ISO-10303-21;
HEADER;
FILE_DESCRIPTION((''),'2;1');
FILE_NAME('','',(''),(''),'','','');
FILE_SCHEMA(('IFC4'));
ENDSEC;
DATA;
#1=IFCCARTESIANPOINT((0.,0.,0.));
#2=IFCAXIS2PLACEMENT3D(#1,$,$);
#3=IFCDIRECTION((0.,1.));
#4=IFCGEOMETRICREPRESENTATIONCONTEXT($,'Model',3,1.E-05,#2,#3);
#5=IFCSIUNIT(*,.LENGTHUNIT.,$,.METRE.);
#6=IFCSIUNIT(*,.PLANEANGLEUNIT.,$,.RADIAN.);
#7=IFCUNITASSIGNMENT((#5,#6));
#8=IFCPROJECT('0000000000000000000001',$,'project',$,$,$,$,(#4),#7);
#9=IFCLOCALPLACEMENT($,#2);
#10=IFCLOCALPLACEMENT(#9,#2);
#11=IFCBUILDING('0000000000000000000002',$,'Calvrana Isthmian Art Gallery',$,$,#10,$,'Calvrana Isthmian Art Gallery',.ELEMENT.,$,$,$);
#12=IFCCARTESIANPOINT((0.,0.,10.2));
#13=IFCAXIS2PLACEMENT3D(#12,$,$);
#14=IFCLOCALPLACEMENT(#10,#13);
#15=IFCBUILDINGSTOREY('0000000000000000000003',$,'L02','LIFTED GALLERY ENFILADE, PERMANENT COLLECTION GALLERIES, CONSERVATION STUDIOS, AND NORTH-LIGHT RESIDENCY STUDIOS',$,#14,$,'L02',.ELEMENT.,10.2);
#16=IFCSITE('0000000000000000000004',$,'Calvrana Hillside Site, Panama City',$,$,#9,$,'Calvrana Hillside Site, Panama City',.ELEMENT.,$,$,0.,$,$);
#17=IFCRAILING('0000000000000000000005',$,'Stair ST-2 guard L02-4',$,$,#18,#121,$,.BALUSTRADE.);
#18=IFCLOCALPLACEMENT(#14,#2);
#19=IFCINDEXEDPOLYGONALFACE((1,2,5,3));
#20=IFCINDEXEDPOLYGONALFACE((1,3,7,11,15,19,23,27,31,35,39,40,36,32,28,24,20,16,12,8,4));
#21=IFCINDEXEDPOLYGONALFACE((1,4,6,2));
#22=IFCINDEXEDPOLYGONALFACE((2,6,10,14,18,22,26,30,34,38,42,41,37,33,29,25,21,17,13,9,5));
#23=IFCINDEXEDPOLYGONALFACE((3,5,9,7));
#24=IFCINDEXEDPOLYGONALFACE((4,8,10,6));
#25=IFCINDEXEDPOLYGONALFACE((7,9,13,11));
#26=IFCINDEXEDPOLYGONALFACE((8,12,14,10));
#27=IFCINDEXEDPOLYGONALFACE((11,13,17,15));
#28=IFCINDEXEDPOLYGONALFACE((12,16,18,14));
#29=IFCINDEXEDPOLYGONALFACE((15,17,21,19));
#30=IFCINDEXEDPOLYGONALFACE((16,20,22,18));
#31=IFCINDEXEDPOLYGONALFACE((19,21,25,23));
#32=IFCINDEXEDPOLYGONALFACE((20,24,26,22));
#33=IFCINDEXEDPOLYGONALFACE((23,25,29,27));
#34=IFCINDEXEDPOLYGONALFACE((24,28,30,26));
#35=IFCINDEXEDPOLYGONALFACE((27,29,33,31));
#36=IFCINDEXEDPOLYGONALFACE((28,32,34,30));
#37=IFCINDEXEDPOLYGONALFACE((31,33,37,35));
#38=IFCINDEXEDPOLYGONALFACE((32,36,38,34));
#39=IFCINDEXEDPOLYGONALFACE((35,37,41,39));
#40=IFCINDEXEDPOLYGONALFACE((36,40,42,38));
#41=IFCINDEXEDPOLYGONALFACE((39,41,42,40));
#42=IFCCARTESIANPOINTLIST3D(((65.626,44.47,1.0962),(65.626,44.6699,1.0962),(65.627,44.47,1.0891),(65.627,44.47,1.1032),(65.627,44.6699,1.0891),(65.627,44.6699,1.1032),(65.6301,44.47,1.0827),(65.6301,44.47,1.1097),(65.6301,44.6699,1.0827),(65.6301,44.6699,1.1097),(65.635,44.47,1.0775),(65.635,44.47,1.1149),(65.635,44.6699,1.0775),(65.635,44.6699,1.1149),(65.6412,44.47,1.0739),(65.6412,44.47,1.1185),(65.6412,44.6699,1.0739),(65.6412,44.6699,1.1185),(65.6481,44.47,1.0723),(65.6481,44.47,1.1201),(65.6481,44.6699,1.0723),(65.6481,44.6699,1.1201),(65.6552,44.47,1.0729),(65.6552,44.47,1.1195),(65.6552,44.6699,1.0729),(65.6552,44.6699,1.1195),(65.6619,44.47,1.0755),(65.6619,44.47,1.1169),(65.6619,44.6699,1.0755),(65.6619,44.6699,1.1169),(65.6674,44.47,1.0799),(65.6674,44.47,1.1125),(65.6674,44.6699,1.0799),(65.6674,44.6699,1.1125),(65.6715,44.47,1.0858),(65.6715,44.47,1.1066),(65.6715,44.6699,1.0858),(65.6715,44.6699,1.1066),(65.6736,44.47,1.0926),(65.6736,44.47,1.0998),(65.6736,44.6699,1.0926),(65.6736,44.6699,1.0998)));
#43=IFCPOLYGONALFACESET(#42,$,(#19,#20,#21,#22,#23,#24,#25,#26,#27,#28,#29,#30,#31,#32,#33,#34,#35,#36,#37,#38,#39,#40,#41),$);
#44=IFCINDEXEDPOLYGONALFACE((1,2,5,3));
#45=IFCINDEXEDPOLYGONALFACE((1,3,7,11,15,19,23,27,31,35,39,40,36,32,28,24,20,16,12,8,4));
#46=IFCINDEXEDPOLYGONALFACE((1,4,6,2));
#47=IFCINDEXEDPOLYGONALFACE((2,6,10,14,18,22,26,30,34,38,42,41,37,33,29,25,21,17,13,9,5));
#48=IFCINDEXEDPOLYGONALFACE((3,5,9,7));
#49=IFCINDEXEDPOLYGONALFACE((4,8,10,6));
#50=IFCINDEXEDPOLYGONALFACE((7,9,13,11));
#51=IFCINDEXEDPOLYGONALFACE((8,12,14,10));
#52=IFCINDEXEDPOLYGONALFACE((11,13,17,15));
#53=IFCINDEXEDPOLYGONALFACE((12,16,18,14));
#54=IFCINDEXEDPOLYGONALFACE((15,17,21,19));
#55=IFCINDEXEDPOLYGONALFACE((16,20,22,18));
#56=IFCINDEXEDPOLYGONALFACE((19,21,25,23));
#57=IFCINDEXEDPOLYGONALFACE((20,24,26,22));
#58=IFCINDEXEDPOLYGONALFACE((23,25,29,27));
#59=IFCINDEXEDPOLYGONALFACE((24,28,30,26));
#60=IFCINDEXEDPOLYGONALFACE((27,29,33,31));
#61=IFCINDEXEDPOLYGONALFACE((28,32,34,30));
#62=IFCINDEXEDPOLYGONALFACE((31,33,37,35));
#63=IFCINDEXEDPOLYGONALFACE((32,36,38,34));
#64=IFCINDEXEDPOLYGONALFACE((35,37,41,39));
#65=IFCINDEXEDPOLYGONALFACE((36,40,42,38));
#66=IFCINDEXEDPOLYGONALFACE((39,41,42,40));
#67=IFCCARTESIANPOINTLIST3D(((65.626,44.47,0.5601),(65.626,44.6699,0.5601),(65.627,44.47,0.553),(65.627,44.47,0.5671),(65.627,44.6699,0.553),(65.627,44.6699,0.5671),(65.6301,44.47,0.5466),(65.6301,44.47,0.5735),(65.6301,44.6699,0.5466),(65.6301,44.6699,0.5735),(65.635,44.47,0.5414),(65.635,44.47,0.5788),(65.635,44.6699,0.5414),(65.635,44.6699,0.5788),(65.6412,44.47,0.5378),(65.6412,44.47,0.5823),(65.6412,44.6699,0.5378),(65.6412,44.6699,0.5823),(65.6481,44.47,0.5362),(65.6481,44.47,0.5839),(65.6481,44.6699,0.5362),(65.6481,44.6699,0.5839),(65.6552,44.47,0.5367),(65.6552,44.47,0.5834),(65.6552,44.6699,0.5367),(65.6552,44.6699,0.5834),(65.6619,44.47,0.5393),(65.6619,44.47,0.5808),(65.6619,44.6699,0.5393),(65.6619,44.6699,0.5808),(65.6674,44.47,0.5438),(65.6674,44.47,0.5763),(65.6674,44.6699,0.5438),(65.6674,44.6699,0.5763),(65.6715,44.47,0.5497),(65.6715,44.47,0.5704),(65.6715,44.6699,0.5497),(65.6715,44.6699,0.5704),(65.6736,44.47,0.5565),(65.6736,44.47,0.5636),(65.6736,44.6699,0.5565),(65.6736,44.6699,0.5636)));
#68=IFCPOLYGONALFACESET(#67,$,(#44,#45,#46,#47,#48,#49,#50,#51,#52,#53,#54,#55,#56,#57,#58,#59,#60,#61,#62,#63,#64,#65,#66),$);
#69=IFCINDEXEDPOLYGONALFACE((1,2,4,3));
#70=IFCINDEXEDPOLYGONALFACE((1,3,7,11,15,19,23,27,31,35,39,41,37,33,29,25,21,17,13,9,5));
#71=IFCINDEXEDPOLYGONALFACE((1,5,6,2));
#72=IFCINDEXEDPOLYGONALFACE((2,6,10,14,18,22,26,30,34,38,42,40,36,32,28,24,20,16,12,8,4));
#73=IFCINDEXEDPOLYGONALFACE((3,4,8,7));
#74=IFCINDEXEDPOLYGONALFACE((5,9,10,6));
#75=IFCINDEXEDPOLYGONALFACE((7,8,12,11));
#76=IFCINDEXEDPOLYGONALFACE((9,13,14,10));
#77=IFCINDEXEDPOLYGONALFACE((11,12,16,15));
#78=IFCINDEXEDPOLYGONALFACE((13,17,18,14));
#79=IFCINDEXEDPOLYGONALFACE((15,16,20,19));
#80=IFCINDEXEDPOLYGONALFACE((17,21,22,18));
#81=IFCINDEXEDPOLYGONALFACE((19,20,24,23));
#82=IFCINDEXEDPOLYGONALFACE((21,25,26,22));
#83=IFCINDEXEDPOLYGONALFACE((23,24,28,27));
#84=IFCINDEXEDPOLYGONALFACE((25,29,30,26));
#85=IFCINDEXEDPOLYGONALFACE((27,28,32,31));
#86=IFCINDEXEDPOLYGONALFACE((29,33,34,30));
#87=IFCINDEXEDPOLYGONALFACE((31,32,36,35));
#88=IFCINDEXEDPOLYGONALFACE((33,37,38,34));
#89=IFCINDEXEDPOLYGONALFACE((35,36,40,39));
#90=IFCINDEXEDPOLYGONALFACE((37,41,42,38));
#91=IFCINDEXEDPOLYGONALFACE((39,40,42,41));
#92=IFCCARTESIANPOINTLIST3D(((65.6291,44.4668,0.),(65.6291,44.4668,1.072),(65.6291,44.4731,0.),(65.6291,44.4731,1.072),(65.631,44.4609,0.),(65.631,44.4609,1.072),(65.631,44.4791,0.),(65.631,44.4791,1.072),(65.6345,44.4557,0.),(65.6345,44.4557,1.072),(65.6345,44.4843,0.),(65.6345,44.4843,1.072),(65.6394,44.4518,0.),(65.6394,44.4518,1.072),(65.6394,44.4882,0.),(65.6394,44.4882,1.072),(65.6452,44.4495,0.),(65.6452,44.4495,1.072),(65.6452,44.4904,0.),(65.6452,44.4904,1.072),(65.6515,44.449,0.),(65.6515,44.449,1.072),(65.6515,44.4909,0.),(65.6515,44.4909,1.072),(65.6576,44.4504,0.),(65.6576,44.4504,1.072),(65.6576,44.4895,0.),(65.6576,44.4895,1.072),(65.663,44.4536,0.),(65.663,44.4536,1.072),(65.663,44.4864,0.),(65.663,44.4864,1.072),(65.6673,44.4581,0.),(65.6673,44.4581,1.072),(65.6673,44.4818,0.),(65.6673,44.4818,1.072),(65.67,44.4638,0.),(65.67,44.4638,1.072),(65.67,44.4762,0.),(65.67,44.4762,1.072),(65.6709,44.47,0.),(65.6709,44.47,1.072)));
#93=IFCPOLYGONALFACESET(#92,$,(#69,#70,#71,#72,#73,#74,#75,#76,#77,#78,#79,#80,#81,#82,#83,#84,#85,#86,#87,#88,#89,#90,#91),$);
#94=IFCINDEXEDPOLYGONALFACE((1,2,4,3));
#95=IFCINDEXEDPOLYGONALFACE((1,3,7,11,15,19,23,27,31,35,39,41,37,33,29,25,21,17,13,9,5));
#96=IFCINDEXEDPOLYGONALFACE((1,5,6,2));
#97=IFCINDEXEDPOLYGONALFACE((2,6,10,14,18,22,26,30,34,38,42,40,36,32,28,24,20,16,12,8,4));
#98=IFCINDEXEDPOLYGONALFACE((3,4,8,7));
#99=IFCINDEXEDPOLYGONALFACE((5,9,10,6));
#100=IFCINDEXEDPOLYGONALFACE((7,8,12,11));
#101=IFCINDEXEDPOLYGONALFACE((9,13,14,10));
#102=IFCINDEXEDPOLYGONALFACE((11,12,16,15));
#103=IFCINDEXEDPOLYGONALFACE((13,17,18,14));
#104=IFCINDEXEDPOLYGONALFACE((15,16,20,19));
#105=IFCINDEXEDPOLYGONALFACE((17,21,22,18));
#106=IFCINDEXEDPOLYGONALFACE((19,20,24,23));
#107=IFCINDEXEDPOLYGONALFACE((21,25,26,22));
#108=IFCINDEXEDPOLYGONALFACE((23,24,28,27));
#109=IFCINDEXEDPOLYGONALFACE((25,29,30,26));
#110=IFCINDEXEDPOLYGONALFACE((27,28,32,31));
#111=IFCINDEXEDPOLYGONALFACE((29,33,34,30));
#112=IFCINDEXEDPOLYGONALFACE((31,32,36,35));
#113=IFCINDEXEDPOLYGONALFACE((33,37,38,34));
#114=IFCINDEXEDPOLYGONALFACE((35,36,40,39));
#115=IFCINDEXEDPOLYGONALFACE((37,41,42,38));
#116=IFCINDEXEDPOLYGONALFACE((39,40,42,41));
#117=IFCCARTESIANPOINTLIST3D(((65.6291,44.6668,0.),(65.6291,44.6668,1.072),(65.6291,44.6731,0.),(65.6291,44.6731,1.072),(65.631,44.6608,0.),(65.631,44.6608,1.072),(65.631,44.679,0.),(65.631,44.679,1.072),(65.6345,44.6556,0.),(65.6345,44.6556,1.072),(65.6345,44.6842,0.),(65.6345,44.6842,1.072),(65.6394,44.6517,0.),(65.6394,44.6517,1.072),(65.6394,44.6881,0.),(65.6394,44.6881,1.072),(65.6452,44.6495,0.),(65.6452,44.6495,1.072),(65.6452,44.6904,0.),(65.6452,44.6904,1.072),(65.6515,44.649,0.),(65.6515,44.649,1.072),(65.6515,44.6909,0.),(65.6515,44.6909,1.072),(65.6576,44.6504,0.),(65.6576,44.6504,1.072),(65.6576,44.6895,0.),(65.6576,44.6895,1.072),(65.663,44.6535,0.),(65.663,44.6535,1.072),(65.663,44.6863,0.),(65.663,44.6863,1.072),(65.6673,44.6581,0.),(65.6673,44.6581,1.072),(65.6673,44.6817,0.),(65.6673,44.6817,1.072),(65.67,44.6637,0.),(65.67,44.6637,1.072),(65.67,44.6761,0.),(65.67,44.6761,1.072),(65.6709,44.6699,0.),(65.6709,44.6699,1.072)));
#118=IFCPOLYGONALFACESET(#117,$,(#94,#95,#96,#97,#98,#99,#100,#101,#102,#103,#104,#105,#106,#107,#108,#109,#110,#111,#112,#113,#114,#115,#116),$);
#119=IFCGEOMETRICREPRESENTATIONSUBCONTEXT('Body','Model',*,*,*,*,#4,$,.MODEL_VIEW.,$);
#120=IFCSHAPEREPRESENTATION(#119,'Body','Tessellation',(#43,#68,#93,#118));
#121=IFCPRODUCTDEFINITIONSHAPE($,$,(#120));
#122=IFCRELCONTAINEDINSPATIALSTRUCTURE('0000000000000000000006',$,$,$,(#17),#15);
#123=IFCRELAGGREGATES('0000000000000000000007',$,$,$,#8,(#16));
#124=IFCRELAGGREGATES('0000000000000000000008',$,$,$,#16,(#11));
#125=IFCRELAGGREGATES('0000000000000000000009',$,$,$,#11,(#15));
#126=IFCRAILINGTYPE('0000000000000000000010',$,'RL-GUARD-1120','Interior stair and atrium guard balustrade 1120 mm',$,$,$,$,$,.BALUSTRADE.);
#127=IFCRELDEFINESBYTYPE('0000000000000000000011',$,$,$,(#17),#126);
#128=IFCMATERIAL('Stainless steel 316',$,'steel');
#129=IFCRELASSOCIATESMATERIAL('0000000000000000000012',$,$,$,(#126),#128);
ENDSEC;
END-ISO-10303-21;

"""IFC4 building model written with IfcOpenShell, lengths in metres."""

from ifc_helpers import new_model, si_unit, direction, frame, origin, origin_2d, place, context, subcontext, project, spatial, circle, extrude, material, type_object, element, save


model = new_model("IFC4")

# Units and contexts
model_context = context("Model", 3, precision=1e-05, world=origin(), true_north=direction((0.0, 1.0)))
body_context = subcontext(model_context, "Body", "Model", "MODEL_VIEW")
ifc_project = project(units=[si_unit("LENGTHUNIT", "METRE"), si_unit("PLANEANGLEUNIT", "RADIAN")], contexts=[model_context])

# Site, building, storey
site_placement = place(None, origin())
site = spatial("IfcSite", under=ifc_project, at=site_placement, Name="Calvrana Hillside Site, Panama City", LongName="Calvrana Hillside Site, Panama City", CompositionType="ELEMENT", RefElevation=0.0)
building_placement = place(site_placement, origin())
building = spatial("IfcBuilding", under=site, at=building_placement, Name="Calvrana Isthmian Art Gallery", LongName="Calvrana Isthmian Art Gallery", CompositionType="ELEMENT")
storey_placement = place(building_placement, frame((0.0, 0.0, 10.2)))
storey = spatial("IfcBuildingStorey", under=building, at=storey_placement, Name="L02", Description="LIFTED GALLERY ENFILADE, PERMANENT COLLECTION GALLERIES, CONSERVATION STUDIOS, AND NORTH-LIGHT RESIDENCY STUDIOS", LongName="L02", CompositionType="ELEMENT", Elevation=10.2)

# Shared definitions
ifc_material_1 = material(Name="Stainless steel 316", Category="steel")

# Railing
railing_type_1 = type_object("IfcRailingType", Name="RL-GUARD-1120", Description="Interior stair and atrium guard balustrade 1120 mm", PredefinedType="BALUSTRADE", material=ifc_material_1)
railing_1_placement = place(storey_placement, frame((65.6499, 44.47, 0.0)))
element("IfcRailing", 1, at=railing_1_placement, inside=storey, type_object=railing_type_1, Name="Stair ST-2 guard L02-4", PredefinedType="BALUSTRADE", context=body_context, shape_type="SweptSolid", body=[
    extrude(circle(Radius=0.0239, at=origin_2d()), frame((0.0, 0.0, 1.0962), z_axis=(0.0, 1.0, 0.0), x_axis=(-1.0, 0.0, 0.0)), (0.0, 0.0, 1.0), 0.2),
    extrude(circle(Radius=0.0239, at=origin_2d()), frame((0.0, 0.0, 0.5601), z_axis=(0.0, 1.0, 0.0), x_axis=(-1.0, 0.0, 0.0)), (0.0, 0.0, 1.0), 0.2),
    extrude(circle(Radius=0.021, at=origin_2d()), origin(), (0.0, 0.0, 1.0), 1.072),
    extrude(circle(Radius=0.021, at=origin_2d()), frame((0.0, 0.2, 0.0)), (0.0, 0.0, 1.0), 1.072),
])

save(model, "model.ifc")
